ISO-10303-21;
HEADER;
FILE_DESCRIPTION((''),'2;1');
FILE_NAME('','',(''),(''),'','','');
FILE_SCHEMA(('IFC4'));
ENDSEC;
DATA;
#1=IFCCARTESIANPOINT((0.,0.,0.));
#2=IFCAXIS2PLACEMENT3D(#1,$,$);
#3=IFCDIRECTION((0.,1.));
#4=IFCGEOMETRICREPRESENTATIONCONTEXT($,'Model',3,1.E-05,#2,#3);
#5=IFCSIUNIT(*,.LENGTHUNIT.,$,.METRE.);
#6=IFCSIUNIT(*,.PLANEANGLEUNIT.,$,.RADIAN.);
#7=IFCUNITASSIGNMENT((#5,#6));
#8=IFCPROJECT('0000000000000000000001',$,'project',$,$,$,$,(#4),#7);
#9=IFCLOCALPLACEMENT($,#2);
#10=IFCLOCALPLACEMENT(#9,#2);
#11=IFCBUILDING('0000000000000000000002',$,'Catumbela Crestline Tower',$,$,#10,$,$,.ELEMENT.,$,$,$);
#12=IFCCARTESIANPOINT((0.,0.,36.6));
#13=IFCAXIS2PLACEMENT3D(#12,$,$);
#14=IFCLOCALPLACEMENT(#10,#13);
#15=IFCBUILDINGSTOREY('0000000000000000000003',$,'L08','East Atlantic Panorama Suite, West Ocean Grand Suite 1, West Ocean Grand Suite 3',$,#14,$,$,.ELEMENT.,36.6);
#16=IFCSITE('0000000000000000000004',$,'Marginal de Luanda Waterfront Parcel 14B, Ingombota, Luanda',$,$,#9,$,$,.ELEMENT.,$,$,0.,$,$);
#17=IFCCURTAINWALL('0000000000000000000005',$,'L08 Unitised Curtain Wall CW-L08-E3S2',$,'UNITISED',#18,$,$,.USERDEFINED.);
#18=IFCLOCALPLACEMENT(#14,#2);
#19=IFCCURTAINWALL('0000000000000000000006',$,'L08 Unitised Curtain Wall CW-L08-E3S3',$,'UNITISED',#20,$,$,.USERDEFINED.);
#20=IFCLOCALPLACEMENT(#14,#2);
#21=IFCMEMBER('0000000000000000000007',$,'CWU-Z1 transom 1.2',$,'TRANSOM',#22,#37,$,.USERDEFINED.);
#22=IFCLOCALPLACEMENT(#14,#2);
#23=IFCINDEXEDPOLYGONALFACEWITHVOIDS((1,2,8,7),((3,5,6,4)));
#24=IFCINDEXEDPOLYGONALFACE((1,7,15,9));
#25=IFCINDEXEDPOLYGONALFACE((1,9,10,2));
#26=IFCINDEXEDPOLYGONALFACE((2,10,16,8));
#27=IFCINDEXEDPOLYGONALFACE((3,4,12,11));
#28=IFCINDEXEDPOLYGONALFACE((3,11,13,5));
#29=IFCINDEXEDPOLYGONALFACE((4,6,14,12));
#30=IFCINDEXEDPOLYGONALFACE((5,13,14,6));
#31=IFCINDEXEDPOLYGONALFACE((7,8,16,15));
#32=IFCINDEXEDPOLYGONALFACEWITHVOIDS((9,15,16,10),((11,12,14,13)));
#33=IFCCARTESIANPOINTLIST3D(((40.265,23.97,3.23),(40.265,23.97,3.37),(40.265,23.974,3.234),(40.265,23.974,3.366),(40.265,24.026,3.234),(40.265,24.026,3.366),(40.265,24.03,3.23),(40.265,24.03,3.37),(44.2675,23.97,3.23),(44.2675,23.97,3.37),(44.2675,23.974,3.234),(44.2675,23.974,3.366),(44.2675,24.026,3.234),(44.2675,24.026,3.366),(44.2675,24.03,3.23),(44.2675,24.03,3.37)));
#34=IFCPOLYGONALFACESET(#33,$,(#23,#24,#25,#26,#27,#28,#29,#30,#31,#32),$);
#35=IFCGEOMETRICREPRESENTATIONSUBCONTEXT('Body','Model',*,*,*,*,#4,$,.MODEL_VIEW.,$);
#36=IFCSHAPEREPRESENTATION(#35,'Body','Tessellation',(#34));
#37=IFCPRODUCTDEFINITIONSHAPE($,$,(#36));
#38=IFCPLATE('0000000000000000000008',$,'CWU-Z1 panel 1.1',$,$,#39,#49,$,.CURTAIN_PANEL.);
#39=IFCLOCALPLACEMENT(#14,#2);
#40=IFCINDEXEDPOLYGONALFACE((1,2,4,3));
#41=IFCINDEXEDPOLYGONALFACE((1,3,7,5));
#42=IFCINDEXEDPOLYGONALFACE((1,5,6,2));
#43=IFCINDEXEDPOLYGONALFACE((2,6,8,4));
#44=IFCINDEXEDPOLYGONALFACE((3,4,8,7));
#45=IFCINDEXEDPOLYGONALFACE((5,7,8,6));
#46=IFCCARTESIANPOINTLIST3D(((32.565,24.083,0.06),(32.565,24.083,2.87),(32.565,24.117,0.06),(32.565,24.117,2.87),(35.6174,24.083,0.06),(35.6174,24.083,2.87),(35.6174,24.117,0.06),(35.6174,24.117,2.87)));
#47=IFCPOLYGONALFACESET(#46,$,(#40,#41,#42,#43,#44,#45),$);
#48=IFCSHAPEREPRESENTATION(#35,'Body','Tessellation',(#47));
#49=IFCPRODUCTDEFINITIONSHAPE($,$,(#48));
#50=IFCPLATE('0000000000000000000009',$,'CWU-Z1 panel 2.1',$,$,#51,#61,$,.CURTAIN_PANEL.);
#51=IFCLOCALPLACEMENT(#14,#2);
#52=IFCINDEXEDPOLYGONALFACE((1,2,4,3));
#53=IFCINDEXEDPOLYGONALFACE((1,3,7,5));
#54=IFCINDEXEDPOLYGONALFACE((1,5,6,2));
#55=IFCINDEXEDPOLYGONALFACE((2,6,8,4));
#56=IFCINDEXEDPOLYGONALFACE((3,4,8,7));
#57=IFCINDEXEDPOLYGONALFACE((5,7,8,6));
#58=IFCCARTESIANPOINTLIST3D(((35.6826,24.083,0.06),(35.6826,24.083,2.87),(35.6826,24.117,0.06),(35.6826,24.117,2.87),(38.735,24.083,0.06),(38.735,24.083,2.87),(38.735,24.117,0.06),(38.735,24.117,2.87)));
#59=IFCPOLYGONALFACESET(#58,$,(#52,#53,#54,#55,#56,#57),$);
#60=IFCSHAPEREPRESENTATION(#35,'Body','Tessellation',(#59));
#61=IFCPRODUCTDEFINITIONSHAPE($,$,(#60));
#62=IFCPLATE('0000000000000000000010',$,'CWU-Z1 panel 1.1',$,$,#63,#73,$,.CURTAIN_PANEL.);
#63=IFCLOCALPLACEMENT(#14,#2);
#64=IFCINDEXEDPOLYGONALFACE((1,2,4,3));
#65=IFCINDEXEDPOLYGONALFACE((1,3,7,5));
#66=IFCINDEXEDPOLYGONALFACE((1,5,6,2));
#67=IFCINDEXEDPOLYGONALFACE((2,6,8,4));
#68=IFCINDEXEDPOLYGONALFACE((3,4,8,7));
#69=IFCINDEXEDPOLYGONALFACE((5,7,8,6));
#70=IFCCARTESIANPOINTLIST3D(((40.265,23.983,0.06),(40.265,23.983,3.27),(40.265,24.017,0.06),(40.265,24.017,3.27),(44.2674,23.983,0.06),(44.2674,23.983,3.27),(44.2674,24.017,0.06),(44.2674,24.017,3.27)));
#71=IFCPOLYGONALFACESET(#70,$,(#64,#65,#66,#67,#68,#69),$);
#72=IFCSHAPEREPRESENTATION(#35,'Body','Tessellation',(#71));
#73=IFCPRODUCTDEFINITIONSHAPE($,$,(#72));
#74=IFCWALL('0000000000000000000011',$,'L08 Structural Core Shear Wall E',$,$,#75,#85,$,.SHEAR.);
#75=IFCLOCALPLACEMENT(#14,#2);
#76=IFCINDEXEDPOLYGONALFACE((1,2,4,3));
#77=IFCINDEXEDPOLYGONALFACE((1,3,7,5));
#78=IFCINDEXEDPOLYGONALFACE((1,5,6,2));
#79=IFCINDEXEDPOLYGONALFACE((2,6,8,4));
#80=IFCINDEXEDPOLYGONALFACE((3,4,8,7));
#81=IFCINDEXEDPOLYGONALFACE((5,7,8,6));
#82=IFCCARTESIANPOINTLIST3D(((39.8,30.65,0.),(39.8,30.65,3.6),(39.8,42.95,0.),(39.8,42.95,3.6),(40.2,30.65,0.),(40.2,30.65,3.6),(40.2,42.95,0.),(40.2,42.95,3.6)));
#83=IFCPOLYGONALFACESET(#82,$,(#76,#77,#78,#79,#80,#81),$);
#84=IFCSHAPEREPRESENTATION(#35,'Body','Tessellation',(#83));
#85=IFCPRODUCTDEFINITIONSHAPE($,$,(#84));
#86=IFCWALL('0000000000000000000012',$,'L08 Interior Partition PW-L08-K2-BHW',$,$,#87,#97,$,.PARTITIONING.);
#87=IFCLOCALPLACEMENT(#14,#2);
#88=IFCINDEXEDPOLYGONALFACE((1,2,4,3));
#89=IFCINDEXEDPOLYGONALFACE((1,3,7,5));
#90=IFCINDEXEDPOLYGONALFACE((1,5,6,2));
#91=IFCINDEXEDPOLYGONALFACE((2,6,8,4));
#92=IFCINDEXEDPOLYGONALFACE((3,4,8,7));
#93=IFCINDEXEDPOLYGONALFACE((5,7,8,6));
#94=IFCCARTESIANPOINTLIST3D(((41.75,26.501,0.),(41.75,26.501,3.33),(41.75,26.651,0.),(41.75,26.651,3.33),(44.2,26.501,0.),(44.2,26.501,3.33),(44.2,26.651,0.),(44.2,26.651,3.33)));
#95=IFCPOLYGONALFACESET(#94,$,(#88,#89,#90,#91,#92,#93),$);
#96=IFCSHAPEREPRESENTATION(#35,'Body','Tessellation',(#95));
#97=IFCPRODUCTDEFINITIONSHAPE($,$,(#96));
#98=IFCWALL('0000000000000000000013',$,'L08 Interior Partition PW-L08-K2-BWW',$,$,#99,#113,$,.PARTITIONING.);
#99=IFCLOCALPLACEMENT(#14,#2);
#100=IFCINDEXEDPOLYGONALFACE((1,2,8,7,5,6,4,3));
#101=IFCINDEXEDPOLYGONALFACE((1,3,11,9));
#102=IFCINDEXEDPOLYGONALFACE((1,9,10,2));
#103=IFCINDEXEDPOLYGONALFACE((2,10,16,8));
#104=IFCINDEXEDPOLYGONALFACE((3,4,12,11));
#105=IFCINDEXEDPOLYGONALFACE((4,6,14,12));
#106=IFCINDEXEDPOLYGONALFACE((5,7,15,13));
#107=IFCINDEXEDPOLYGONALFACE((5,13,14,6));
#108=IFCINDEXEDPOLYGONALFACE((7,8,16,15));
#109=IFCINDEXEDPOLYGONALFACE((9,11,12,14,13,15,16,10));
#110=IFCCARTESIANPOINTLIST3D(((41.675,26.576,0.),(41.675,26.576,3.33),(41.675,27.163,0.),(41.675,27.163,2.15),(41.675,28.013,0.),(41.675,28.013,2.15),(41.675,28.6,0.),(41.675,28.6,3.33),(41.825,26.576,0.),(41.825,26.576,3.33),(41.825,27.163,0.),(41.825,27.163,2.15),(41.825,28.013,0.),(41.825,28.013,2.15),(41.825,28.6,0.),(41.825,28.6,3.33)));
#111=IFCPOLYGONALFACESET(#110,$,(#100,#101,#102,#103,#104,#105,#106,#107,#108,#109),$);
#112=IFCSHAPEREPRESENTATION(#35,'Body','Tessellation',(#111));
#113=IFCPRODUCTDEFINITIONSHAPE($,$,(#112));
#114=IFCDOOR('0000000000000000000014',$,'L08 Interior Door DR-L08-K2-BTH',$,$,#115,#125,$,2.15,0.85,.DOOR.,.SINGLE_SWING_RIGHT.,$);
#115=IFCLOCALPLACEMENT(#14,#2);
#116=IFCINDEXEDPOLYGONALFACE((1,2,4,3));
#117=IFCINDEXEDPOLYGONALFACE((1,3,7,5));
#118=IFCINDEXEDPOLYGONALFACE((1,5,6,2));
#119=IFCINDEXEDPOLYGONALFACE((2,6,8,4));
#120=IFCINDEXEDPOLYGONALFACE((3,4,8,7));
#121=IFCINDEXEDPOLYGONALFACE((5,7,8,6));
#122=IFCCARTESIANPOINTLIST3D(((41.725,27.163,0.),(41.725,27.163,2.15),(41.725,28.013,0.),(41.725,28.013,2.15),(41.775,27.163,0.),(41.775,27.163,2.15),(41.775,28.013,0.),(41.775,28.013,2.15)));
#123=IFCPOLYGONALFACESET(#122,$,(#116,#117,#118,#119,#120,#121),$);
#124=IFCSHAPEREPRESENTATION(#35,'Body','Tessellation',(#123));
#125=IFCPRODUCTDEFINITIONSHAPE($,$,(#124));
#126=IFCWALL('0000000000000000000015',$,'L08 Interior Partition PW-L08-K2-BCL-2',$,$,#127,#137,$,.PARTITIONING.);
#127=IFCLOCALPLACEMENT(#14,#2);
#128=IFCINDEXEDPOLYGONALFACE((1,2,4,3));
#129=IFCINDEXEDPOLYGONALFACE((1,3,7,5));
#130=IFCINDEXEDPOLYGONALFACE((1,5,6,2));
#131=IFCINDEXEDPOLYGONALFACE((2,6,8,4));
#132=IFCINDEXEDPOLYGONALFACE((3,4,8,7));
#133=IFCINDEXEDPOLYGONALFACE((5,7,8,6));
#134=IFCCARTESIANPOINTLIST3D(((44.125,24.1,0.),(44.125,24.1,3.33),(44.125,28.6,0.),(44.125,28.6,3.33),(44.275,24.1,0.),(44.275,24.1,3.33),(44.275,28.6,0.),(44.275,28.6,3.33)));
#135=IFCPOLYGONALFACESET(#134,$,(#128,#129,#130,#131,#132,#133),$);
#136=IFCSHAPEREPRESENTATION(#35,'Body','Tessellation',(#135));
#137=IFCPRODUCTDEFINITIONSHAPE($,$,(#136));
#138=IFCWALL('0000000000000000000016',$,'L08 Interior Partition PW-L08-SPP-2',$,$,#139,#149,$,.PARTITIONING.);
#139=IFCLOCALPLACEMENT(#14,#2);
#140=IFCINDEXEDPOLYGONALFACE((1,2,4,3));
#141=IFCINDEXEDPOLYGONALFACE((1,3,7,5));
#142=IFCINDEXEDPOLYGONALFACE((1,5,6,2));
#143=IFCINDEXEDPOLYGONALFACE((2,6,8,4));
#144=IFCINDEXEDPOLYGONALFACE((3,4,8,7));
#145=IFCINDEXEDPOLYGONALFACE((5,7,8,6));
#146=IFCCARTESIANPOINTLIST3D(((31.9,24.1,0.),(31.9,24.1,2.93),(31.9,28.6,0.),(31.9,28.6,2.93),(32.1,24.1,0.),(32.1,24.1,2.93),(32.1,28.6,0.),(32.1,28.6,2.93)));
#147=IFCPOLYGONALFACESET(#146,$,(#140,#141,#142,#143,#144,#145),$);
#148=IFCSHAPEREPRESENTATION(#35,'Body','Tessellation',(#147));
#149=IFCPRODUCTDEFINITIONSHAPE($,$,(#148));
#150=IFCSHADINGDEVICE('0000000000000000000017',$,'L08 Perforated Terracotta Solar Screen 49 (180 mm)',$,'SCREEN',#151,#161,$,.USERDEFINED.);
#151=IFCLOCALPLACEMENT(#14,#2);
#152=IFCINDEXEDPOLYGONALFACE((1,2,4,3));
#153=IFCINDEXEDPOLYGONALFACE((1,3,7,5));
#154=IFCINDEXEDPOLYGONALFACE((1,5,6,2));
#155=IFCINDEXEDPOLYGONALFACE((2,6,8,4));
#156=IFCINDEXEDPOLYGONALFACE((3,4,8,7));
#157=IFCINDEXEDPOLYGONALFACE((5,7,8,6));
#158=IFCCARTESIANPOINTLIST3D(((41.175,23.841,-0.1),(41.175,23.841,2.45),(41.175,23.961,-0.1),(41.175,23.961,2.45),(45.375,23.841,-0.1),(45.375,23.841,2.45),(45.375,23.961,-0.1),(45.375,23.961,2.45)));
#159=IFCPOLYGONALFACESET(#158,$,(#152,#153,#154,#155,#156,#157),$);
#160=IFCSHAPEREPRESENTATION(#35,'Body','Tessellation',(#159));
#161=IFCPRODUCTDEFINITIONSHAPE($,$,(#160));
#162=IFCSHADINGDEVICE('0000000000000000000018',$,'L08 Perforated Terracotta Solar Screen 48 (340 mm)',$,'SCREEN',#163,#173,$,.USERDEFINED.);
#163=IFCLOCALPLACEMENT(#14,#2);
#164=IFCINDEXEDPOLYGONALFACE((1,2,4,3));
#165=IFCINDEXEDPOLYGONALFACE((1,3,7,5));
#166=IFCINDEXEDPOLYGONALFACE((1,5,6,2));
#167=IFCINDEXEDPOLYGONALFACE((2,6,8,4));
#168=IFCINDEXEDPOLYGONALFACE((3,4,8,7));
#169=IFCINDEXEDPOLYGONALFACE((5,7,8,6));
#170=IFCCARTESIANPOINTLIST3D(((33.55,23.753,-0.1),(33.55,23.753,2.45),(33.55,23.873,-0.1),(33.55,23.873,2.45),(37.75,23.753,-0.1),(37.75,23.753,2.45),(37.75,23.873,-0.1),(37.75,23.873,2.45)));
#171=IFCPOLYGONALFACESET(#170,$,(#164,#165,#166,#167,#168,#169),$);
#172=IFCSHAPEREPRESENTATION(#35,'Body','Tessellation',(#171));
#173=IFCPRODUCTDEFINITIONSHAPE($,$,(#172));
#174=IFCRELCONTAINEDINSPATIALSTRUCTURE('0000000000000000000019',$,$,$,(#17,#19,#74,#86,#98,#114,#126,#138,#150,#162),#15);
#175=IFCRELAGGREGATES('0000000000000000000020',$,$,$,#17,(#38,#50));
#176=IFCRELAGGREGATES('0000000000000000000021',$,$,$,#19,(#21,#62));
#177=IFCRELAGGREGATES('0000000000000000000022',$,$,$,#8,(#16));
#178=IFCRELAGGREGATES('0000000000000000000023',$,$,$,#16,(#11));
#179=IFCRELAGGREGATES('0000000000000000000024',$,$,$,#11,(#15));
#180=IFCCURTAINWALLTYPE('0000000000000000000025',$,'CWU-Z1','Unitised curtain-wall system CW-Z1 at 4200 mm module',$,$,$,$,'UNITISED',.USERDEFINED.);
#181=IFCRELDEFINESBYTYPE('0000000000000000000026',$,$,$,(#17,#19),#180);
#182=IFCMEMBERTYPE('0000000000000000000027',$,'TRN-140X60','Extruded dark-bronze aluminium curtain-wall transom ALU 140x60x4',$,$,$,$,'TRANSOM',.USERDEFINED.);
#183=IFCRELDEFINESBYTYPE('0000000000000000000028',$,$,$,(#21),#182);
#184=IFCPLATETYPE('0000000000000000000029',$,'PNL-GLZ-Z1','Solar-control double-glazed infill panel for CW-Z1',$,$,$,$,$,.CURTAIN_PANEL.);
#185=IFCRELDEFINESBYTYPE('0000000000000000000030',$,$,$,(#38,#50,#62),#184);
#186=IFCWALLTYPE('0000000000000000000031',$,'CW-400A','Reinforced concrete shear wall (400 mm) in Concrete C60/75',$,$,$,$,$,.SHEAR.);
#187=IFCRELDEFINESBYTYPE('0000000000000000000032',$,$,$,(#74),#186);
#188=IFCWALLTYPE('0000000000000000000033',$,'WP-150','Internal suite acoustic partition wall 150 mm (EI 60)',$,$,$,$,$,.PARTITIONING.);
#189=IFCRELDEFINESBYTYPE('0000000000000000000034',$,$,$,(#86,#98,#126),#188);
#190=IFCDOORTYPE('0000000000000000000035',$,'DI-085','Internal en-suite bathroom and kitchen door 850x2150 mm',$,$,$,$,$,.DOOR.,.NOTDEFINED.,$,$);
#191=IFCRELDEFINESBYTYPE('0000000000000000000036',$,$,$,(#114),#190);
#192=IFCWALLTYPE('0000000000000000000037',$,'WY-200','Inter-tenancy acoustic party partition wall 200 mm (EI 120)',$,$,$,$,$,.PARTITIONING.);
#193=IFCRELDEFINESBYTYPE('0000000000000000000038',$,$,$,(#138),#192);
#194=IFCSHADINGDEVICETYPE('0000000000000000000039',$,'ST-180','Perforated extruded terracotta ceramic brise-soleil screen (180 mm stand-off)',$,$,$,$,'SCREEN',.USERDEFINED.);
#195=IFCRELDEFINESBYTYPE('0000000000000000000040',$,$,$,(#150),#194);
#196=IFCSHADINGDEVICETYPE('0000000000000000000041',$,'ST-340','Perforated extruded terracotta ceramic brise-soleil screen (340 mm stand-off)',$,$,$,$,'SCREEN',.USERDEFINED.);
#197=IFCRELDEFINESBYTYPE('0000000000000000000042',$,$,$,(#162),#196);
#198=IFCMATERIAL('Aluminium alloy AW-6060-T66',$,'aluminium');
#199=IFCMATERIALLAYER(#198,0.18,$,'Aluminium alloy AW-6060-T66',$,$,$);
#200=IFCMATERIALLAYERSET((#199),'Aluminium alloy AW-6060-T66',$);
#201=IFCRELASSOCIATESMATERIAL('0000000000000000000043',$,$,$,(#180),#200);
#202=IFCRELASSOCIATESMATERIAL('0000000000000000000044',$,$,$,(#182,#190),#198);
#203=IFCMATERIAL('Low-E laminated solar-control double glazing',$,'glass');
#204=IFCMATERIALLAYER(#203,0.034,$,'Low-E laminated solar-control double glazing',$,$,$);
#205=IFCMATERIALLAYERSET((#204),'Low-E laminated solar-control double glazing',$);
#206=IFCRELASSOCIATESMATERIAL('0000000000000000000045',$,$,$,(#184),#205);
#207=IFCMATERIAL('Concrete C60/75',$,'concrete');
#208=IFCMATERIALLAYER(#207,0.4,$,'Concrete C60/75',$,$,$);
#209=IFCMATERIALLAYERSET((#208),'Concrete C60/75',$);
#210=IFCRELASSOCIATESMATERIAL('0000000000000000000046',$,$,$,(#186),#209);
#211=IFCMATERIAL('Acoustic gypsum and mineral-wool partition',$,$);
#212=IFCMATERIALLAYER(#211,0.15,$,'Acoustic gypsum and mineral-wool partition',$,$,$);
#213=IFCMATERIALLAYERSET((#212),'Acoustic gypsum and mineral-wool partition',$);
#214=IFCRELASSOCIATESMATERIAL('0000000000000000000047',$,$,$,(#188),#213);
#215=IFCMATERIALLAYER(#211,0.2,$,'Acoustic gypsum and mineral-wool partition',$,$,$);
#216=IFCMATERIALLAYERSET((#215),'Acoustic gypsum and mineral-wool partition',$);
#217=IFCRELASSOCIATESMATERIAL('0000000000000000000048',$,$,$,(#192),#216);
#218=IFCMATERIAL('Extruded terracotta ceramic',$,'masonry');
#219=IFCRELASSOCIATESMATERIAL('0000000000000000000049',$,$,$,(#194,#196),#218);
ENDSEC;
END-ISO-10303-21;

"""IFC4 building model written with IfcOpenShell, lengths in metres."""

from ifc_helpers import new_model, si_unit, direction, frame, frame_2d, origin, origin_2d, place, context, subcontext, project, spatial, rectangle, hollow_rectangle, extrude, material, layer, layer_set, material_profile, profile_set, type_object, element, fill, aggregate, save


model = new_model("IFC4")

# Units and contexts
model_context = context("Model", 3, precision=1e-05, world=origin(), true_north=direction((0.0, 1.0)))
body_context = subcontext(model_context, "Body", "Model", "MODEL_VIEW")
ifc_project = project(units=[si_unit("LENGTHUNIT", "METRE"), si_unit("PLANEANGLEUNIT", "RADIAN")], contexts=[model_context])

# Site, building, storey
site_placement = place(None, origin())
site = spatial("IfcSite", under=ifc_project, at=site_placement, Name="Marginal de Luanda Waterfront Parcel 14B, Ingombota, Luanda", CompositionType="ELEMENT", RefElevation=0.0)
building_placement = place(site_placement, origin())
building = spatial("IfcBuilding", under=site, at=building_placement, Name="Catumbela Crestline Tower", CompositionType="ELEMENT")
storey_placement = place(building_placement, frame((0.0, 0.0, 36.6)))
storey = spatial("IfcBuildingStorey", under=building, at=storey_placement, Name="L08", Description="East Atlantic Panorama Suite, West Ocean Grand Suite 1, West Ocean Grand Suite 3", CompositionType="ELEMENT", Elevation=36.6)

# Shared definitions
ifc_material_1 = material(Name="Concrete C60/75", Category="concrete")

# Curtain wall
ifc_material_2 = material(Name="Aluminium alloy AW-6060-T66", Category="aluminium")
ifc_layer_1 = layer(ifc_material_2, 0.18, Name="Aluminium alloy AW-6060-T66")
ifc_layer_set_1 = layer_set([ifc_layer_1], Name="Aluminium alloy AW-6060-T66")
curtain_wall_type = type_object("IfcCurtainWallType", Name="CWU-Z1", Description="Unitised curtain-wall system CW-Z1 at 4200 mm module", ElementType="UNITISED", PredefinedType="USERDEFINED", material=ifc_layer_set_1)
curtain_wall_1_placement = place(storey_placement, origin())
curtain_wall_1 = element("IfcCurtainWall", 1, at=curtain_wall_1_placement, inside=storey, type_object=curtain_wall_type, Name="L08 Unitised Curtain Wall CW-L08-E3S2", ObjectType="UNITISED", PredefinedType="USERDEFINED")

# Curtain wall
curtain_wall_2_placement = place(storey_placement, origin())
curtain_wall_2 = element("IfcCurtainWall", 2, at=curtain_wall_2_placement, inside=storey, type_object=curtain_wall_type, Name="L08 Unitised Curtain Wall CW-L08-E3S3", ObjectType="UNITISED", PredefinedType="USERDEFINED")

# Member
ifc_material_profile_1 = material_profile(ifc_material_2, hollow_rectangle(XDim=0.06, YDim=0.14, WallThickness=0.004, at=origin_2d()), Name="ALU 140x60x4")
ifc_profile_set_1 = profile_set([ifc_material_profile_1], Name="Aluminium alloy AW-6060-T66")
member_type_1 = type_object("IfcMemberType", Name="TRN-140X60", Description="Extruded dark-bronze aluminium curtain-wall transom ALU 140x60x4", ElementType="TRANSOM", PredefinedType="USERDEFINED", material=ifc_profile_set_1)
member_1_placement = place(storey_placement, frame((40.265, 24.0, 3.3), z_axis=(1.0, 0.0, 0.0), x_axis=(0.0, 1.0, 0.0)))
member_1 = element("IfcMember", 3, at=member_1_placement, type_object=member_type_1, Name="CWU-Z1 transom 1.2", ObjectType="TRANSOM", PredefinedType="USERDEFINED", context=body_context, shape_type="SweptSolid", body=[
    extrude(hollow_rectangle(XDim=0.06, YDim=0.14, WallThickness=0.004, at=origin_2d()), origin(), (0.0, 0.0, 1.0), 4.0025),
])

# Plates
ifc_material_3 = material(Name="Low-E laminated solar-control double glazing", Category="glass")
ifc_layer_2 = layer(ifc_material_3, 0.034, Name="Low-E laminated solar-control double glazing")
ifc_layer_set_2 = layer_set([ifc_layer_2], Name="Low-E laminated solar-control double glazing")
plate_type = type_object("IfcPlateType", Name="PNL-GLZ-Z1", Description="Solar-control double-glazed infill panel for CW-Z1", PredefinedType="CURTAIN_PANEL", material=ifc_layer_set_2)
plate_1_placement = place(storey_placement, frame((34.0912, 24.1, 0.06), z_axis=(0.0, 0.0, 1.0), x_axis=(1.0, 0.0, 0.0)))
plate_1 = element("IfcPlate", 4, at=plate_1_placement, type_object=plate_type, Name="CWU-Z1 panel 1.1", PredefinedType="CURTAIN_PANEL", context=body_context, shape_type="SweptSolid", body=[
    extrude(rectangle(XDim=3.0525, YDim=0.034, at=origin_2d()), origin(), (0.0, 0.0, 1.0), 2.81),
])
plate_2_placement = place(storey_placement, frame((37.2088, 24.1, 0.06), z_axis=(0.0, 0.0, 1.0), x_axis=(1.0, 0.0, 0.0)))
plate_2 = element("IfcPlate", 5, at=plate_2_placement, type_object=plate_type, Name="CWU-Z1 panel 2.1", PredefinedType="CURTAIN_PANEL", context=body_context, shape_type="SweptSolid", body=[
    extrude(rectangle(XDim=3.0525, YDim=0.034, at=origin_2d()), origin(), (0.0, 0.0, 1.0), 2.81),
])
aggregate(curtain_wall_1, [plate_1, plate_2])
plate_3_placement = place(storey_placement, frame((42.2662, 24.0, 0.06), z_axis=(0.0, 0.0, 1.0), x_axis=(1.0, 0.0, 0.0)))
plate_3 = element("IfcPlate", 6, at=plate_3_placement, type_object=plate_type, Name="CWU-Z1 panel 1.1", PredefinedType="CURTAIN_PANEL", context=body_context, shape_type="SweptSolid", body=[
    extrude(rectangle(XDim=4.0025, YDim=0.034, at=origin_2d()), origin(), (0.0, 0.0, 1.0), 3.21),
])
aggregate(curtain_wall_2, [member_1, plate_3])

# Walls
ifc_layer_3 = layer(ifc_material_1, 0.4, Name="Concrete C60/75")
ifc_layer_set_3 = layer_set([ifc_layer_3], Name="Concrete C60/75")
wall_type_1 = type_object("IfcWallType", Name="CW-400A", Description="Reinforced concrete shear wall (400 mm) in Concrete C60/75", PredefinedType="SHEAR", material=ifc_layer_set_3)
wall_1_placement = place(storey_placement, frame((40.0, 30.65, 0.0), z_axis=(0.0, 0.0, 1.0), x_axis=(0.0, 1.0, 0.0)))
element("IfcWall", 7, at=wall_1_placement, inside=storey, type_object=wall_type_1, Name="L08 Structural Core Shear Wall E", PredefinedType="SHEAR", context=body_context, shape_type="SweptSolid", body=[
    extrude(rectangle(XDim=12.3, YDim=0.4, at=frame_2d((6.15, 0.0))), origin(), (0.0, 0.0, 1.0), 3.6),
])
ifc_material_4 = material(Name="Acoustic gypsum and mineral-wool partition")
ifc_layer_4 = layer(ifc_material_4, 0.15, Name="Acoustic gypsum and mineral-wool partition")
ifc_layer_set_4 = layer_set([ifc_layer_4], Name="Acoustic gypsum and mineral-wool partition")
wall_type_2 = type_object("IfcWallType", Name="WP-150", Description="Internal suite acoustic partition wall 150 mm (EI 60)", PredefinedType="PARTITIONING", material=ifc_layer_set_4)
wall_2_placement = place(storey_placement, frame((41.75, 26.576, 0.0), z_axis=(0.0, 0.0, 1.0), x_axis=(1.0, 0.0, 0.0)))
element("IfcWall", 8, at=wall_2_placement, inside=storey, type_object=wall_type_2, Name="L08 Interior Partition PW-L08-K2-BHW", PredefinedType="PARTITIONING", context=body_context, shape_type="SweptSolid", body=[
    extrude(rectangle(XDim=2.45, YDim=0.15, at=frame_2d((1.225, 0.0))), origin(), (0.0, 0.0, 1.0), 3.33),
])

# Wall, opening, door
wall_3_placement = place(storey_placement, frame((41.75, 26.576, 0.0), z_axis=(0.0, 0.0, 1.0), x_axis=(0.0, 1.0, 0.0)))
wall_3 = element("IfcWall", 9, at=wall_3_placement, inside=storey, type_object=wall_type_2, Name="L08 Interior Partition PW-L08-K2-BWW", PredefinedType="PARTITIONING", context=body_context, shape_type="SweptSolid", body=[
    extrude(rectangle(XDim=2.024, YDim=0.15, at=frame_2d((1.012, 0.0))), origin(), (0.0, 0.0, 1.0), 3.33),
])
opening_placement = place(wall_3_placement, frame((0.587, 0.0, 0.0)))
opening = element("IfcOpeningElement", 10, at=opening_placement, cuts=wall_3, PredefinedType="OPENING", context=body_context, shape_type="SweptSolid", body=[
    extrude(rectangle(XDim=0.85, YDim=2.15, at=frame_2d((0.425, 1.075))), frame((0.0, 0.085, 0.0), z_axis=(0.0, -1.0, 0.0), x_axis=(1.0, 0.0, 0.0)), (0.0, 0.0, 1.0), 0.17),
])
door_type = type_object("IfcDoorType", Name="DI-085", Description="Internal en-suite bathroom and kitchen door 850x2150 mm", OperationType="NOTDEFINED", PredefinedType="DOOR", material=ifc_material_2)
door_placement = place(opening_placement, origin())
door = element("IfcDoor", 11, at=door_placement, inside=storey, type_object=door_type, Name="L08 Interior Door DR-L08-K2-BTH", OperationType="SINGLE_SWING_RIGHT", OverallHeight=2.15, OverallWidth=0.85, PredefinedType="DOOR", context=body_context, shape_type="SweptSolid", body=[
    extrude(rectangle(XDim=0.85, YDim=2.15, at=frame_2d((0.425, 1.075))), frame((0.0, 0.025, 0.0), z_axis=(0.0, -1.0, 0.0), x_axis=(1.0, 0.0, 0.0)), (0.0, 0.0, 1.0), 0.05),
])
fill(opening, door)

# Walls
wall_4_placement = place(storey_placement, frame((44.2, 28.6, 0.0), z_axis=(0.0, 0.0, 1.0), x_axis=(0.0, -1.0, 0.0)))
element("IfcWall", 12, at=wall_4_placement, inside=storey, type_object=wall_type_2, Name="L08 Interior Partition PW-L08-K2-BCL-2", PredefinedType="PARTITIONING", context=body_context, shape_type="SweptSolid", body=[
    extrude(rectangle(XDim=4.5, YDim=0.15, at=frame_2d((2.25, 0.0))), origin(), (0.0, 0.0, 1.0), 3.33),
])
ifc_layer_5 = layer(ifc_material_4, 0.2, Name="Acoustic gypsum and mineral-wool partition")
ifc_layer_set_5 = layer_set([ifc_layer_5], Name="Acoustic gypsum and mineral-wool partition")
wall_type_3 = type_object("IfcWallType", Name="WY-200", Description="Inter-tenancy acoustic party partition wall 200 mm (EI 120)", PredefinedType="PARTITIONING", material=ifc_layer_set_5)
wall_5_placement = place(storey_placement, frame((32.0, 24.1, 0.0), z_axis=(0.0, 0.0, 1.0), x_axis=(0.0, 1.0, 0.0)))
element("IfcWall", 13, at=wall_5_placement, inside=storey, type_object=wall_type_3, Name="L08 Interior Partition PW-L08-SPP-2", PredefinedType="PARTITIONING", context=body_context, shape_type="SweptSolid", body=[
    extrude(rectangle(XDim=4.5, YDim=0.2, at=frame_2d((2.25, 0.0))), origin(), (0.0, 0.0, 1.0), 2.93),
])

# Shading devices
ifc_material_5 = material(Name="Extruded terracotta ceramic", Category="masonry")
shading_device_type_1 = type_object("IfcShadingDeviceType", Name="ST-180", Description="Perforated extruded terracotta ceramic brise-soleil screen (180 mm stand-off)", ElementType="SCREEN", PredefinedType="USERDEFINED", material=ifc_material_5)
shading_device_1_placement = place(storey_placement, frame((43.275, 23.901, -0.1), z_axis=(0.0, 0.0, 1.0), x_axis=(1.0, 0.0, 0.0)))
element("IfcShadingDevice", 14, at=shading_device_1_placement, inside=storey, type_object=shading_device_type_1, Name="L08 Perforated Terracotta Solar Screen 49 (180 mm)", ObjectType="SCREEN", PredefinedType="USERDEFINED", context=body_context, shape_type="SweptSolid", body=[
    extrude(rectangle(XDim=4.2, YDim=0.12, at=origin_2d()), origin(), (0.0, 0.0, 1.0), 2.55),
])
shading_device_type_2 = type_object("IfcShadingDeviceType", Name="ST-340", Description="Perforated extruded terracotta ceramic brise-soleil screen (340 mm stand-off)", ElementType="SCREEN", PredefinedType="USERDEFINED", material=ifc_material_5)
shading_device_2_placement = place(storey_placement, frame((35.65, 23.813, -0.1), z_axis=(0.0, 0.0, 1.0), x_axis=(1.0, 0.0, 0.0)))
element("IfcShadingDevice", 15, at=shading_device_2_placement, inside=storey, type_object=shading_device_type_2, Name="L08 Perforated Terracotta Solar Screen 48 (340 mm)", ObjectType="SCREEN", PredefinedType="USERDEFINED", context=body_context, shape_type="SweptSolid", body=[
    extrude(rectangle(XDim=4.2, YDim=0.12, at=origin_2d()), origin(), (0.0, 0.0, 1.0), 2.55),
])

save(model, "model.ifc")
